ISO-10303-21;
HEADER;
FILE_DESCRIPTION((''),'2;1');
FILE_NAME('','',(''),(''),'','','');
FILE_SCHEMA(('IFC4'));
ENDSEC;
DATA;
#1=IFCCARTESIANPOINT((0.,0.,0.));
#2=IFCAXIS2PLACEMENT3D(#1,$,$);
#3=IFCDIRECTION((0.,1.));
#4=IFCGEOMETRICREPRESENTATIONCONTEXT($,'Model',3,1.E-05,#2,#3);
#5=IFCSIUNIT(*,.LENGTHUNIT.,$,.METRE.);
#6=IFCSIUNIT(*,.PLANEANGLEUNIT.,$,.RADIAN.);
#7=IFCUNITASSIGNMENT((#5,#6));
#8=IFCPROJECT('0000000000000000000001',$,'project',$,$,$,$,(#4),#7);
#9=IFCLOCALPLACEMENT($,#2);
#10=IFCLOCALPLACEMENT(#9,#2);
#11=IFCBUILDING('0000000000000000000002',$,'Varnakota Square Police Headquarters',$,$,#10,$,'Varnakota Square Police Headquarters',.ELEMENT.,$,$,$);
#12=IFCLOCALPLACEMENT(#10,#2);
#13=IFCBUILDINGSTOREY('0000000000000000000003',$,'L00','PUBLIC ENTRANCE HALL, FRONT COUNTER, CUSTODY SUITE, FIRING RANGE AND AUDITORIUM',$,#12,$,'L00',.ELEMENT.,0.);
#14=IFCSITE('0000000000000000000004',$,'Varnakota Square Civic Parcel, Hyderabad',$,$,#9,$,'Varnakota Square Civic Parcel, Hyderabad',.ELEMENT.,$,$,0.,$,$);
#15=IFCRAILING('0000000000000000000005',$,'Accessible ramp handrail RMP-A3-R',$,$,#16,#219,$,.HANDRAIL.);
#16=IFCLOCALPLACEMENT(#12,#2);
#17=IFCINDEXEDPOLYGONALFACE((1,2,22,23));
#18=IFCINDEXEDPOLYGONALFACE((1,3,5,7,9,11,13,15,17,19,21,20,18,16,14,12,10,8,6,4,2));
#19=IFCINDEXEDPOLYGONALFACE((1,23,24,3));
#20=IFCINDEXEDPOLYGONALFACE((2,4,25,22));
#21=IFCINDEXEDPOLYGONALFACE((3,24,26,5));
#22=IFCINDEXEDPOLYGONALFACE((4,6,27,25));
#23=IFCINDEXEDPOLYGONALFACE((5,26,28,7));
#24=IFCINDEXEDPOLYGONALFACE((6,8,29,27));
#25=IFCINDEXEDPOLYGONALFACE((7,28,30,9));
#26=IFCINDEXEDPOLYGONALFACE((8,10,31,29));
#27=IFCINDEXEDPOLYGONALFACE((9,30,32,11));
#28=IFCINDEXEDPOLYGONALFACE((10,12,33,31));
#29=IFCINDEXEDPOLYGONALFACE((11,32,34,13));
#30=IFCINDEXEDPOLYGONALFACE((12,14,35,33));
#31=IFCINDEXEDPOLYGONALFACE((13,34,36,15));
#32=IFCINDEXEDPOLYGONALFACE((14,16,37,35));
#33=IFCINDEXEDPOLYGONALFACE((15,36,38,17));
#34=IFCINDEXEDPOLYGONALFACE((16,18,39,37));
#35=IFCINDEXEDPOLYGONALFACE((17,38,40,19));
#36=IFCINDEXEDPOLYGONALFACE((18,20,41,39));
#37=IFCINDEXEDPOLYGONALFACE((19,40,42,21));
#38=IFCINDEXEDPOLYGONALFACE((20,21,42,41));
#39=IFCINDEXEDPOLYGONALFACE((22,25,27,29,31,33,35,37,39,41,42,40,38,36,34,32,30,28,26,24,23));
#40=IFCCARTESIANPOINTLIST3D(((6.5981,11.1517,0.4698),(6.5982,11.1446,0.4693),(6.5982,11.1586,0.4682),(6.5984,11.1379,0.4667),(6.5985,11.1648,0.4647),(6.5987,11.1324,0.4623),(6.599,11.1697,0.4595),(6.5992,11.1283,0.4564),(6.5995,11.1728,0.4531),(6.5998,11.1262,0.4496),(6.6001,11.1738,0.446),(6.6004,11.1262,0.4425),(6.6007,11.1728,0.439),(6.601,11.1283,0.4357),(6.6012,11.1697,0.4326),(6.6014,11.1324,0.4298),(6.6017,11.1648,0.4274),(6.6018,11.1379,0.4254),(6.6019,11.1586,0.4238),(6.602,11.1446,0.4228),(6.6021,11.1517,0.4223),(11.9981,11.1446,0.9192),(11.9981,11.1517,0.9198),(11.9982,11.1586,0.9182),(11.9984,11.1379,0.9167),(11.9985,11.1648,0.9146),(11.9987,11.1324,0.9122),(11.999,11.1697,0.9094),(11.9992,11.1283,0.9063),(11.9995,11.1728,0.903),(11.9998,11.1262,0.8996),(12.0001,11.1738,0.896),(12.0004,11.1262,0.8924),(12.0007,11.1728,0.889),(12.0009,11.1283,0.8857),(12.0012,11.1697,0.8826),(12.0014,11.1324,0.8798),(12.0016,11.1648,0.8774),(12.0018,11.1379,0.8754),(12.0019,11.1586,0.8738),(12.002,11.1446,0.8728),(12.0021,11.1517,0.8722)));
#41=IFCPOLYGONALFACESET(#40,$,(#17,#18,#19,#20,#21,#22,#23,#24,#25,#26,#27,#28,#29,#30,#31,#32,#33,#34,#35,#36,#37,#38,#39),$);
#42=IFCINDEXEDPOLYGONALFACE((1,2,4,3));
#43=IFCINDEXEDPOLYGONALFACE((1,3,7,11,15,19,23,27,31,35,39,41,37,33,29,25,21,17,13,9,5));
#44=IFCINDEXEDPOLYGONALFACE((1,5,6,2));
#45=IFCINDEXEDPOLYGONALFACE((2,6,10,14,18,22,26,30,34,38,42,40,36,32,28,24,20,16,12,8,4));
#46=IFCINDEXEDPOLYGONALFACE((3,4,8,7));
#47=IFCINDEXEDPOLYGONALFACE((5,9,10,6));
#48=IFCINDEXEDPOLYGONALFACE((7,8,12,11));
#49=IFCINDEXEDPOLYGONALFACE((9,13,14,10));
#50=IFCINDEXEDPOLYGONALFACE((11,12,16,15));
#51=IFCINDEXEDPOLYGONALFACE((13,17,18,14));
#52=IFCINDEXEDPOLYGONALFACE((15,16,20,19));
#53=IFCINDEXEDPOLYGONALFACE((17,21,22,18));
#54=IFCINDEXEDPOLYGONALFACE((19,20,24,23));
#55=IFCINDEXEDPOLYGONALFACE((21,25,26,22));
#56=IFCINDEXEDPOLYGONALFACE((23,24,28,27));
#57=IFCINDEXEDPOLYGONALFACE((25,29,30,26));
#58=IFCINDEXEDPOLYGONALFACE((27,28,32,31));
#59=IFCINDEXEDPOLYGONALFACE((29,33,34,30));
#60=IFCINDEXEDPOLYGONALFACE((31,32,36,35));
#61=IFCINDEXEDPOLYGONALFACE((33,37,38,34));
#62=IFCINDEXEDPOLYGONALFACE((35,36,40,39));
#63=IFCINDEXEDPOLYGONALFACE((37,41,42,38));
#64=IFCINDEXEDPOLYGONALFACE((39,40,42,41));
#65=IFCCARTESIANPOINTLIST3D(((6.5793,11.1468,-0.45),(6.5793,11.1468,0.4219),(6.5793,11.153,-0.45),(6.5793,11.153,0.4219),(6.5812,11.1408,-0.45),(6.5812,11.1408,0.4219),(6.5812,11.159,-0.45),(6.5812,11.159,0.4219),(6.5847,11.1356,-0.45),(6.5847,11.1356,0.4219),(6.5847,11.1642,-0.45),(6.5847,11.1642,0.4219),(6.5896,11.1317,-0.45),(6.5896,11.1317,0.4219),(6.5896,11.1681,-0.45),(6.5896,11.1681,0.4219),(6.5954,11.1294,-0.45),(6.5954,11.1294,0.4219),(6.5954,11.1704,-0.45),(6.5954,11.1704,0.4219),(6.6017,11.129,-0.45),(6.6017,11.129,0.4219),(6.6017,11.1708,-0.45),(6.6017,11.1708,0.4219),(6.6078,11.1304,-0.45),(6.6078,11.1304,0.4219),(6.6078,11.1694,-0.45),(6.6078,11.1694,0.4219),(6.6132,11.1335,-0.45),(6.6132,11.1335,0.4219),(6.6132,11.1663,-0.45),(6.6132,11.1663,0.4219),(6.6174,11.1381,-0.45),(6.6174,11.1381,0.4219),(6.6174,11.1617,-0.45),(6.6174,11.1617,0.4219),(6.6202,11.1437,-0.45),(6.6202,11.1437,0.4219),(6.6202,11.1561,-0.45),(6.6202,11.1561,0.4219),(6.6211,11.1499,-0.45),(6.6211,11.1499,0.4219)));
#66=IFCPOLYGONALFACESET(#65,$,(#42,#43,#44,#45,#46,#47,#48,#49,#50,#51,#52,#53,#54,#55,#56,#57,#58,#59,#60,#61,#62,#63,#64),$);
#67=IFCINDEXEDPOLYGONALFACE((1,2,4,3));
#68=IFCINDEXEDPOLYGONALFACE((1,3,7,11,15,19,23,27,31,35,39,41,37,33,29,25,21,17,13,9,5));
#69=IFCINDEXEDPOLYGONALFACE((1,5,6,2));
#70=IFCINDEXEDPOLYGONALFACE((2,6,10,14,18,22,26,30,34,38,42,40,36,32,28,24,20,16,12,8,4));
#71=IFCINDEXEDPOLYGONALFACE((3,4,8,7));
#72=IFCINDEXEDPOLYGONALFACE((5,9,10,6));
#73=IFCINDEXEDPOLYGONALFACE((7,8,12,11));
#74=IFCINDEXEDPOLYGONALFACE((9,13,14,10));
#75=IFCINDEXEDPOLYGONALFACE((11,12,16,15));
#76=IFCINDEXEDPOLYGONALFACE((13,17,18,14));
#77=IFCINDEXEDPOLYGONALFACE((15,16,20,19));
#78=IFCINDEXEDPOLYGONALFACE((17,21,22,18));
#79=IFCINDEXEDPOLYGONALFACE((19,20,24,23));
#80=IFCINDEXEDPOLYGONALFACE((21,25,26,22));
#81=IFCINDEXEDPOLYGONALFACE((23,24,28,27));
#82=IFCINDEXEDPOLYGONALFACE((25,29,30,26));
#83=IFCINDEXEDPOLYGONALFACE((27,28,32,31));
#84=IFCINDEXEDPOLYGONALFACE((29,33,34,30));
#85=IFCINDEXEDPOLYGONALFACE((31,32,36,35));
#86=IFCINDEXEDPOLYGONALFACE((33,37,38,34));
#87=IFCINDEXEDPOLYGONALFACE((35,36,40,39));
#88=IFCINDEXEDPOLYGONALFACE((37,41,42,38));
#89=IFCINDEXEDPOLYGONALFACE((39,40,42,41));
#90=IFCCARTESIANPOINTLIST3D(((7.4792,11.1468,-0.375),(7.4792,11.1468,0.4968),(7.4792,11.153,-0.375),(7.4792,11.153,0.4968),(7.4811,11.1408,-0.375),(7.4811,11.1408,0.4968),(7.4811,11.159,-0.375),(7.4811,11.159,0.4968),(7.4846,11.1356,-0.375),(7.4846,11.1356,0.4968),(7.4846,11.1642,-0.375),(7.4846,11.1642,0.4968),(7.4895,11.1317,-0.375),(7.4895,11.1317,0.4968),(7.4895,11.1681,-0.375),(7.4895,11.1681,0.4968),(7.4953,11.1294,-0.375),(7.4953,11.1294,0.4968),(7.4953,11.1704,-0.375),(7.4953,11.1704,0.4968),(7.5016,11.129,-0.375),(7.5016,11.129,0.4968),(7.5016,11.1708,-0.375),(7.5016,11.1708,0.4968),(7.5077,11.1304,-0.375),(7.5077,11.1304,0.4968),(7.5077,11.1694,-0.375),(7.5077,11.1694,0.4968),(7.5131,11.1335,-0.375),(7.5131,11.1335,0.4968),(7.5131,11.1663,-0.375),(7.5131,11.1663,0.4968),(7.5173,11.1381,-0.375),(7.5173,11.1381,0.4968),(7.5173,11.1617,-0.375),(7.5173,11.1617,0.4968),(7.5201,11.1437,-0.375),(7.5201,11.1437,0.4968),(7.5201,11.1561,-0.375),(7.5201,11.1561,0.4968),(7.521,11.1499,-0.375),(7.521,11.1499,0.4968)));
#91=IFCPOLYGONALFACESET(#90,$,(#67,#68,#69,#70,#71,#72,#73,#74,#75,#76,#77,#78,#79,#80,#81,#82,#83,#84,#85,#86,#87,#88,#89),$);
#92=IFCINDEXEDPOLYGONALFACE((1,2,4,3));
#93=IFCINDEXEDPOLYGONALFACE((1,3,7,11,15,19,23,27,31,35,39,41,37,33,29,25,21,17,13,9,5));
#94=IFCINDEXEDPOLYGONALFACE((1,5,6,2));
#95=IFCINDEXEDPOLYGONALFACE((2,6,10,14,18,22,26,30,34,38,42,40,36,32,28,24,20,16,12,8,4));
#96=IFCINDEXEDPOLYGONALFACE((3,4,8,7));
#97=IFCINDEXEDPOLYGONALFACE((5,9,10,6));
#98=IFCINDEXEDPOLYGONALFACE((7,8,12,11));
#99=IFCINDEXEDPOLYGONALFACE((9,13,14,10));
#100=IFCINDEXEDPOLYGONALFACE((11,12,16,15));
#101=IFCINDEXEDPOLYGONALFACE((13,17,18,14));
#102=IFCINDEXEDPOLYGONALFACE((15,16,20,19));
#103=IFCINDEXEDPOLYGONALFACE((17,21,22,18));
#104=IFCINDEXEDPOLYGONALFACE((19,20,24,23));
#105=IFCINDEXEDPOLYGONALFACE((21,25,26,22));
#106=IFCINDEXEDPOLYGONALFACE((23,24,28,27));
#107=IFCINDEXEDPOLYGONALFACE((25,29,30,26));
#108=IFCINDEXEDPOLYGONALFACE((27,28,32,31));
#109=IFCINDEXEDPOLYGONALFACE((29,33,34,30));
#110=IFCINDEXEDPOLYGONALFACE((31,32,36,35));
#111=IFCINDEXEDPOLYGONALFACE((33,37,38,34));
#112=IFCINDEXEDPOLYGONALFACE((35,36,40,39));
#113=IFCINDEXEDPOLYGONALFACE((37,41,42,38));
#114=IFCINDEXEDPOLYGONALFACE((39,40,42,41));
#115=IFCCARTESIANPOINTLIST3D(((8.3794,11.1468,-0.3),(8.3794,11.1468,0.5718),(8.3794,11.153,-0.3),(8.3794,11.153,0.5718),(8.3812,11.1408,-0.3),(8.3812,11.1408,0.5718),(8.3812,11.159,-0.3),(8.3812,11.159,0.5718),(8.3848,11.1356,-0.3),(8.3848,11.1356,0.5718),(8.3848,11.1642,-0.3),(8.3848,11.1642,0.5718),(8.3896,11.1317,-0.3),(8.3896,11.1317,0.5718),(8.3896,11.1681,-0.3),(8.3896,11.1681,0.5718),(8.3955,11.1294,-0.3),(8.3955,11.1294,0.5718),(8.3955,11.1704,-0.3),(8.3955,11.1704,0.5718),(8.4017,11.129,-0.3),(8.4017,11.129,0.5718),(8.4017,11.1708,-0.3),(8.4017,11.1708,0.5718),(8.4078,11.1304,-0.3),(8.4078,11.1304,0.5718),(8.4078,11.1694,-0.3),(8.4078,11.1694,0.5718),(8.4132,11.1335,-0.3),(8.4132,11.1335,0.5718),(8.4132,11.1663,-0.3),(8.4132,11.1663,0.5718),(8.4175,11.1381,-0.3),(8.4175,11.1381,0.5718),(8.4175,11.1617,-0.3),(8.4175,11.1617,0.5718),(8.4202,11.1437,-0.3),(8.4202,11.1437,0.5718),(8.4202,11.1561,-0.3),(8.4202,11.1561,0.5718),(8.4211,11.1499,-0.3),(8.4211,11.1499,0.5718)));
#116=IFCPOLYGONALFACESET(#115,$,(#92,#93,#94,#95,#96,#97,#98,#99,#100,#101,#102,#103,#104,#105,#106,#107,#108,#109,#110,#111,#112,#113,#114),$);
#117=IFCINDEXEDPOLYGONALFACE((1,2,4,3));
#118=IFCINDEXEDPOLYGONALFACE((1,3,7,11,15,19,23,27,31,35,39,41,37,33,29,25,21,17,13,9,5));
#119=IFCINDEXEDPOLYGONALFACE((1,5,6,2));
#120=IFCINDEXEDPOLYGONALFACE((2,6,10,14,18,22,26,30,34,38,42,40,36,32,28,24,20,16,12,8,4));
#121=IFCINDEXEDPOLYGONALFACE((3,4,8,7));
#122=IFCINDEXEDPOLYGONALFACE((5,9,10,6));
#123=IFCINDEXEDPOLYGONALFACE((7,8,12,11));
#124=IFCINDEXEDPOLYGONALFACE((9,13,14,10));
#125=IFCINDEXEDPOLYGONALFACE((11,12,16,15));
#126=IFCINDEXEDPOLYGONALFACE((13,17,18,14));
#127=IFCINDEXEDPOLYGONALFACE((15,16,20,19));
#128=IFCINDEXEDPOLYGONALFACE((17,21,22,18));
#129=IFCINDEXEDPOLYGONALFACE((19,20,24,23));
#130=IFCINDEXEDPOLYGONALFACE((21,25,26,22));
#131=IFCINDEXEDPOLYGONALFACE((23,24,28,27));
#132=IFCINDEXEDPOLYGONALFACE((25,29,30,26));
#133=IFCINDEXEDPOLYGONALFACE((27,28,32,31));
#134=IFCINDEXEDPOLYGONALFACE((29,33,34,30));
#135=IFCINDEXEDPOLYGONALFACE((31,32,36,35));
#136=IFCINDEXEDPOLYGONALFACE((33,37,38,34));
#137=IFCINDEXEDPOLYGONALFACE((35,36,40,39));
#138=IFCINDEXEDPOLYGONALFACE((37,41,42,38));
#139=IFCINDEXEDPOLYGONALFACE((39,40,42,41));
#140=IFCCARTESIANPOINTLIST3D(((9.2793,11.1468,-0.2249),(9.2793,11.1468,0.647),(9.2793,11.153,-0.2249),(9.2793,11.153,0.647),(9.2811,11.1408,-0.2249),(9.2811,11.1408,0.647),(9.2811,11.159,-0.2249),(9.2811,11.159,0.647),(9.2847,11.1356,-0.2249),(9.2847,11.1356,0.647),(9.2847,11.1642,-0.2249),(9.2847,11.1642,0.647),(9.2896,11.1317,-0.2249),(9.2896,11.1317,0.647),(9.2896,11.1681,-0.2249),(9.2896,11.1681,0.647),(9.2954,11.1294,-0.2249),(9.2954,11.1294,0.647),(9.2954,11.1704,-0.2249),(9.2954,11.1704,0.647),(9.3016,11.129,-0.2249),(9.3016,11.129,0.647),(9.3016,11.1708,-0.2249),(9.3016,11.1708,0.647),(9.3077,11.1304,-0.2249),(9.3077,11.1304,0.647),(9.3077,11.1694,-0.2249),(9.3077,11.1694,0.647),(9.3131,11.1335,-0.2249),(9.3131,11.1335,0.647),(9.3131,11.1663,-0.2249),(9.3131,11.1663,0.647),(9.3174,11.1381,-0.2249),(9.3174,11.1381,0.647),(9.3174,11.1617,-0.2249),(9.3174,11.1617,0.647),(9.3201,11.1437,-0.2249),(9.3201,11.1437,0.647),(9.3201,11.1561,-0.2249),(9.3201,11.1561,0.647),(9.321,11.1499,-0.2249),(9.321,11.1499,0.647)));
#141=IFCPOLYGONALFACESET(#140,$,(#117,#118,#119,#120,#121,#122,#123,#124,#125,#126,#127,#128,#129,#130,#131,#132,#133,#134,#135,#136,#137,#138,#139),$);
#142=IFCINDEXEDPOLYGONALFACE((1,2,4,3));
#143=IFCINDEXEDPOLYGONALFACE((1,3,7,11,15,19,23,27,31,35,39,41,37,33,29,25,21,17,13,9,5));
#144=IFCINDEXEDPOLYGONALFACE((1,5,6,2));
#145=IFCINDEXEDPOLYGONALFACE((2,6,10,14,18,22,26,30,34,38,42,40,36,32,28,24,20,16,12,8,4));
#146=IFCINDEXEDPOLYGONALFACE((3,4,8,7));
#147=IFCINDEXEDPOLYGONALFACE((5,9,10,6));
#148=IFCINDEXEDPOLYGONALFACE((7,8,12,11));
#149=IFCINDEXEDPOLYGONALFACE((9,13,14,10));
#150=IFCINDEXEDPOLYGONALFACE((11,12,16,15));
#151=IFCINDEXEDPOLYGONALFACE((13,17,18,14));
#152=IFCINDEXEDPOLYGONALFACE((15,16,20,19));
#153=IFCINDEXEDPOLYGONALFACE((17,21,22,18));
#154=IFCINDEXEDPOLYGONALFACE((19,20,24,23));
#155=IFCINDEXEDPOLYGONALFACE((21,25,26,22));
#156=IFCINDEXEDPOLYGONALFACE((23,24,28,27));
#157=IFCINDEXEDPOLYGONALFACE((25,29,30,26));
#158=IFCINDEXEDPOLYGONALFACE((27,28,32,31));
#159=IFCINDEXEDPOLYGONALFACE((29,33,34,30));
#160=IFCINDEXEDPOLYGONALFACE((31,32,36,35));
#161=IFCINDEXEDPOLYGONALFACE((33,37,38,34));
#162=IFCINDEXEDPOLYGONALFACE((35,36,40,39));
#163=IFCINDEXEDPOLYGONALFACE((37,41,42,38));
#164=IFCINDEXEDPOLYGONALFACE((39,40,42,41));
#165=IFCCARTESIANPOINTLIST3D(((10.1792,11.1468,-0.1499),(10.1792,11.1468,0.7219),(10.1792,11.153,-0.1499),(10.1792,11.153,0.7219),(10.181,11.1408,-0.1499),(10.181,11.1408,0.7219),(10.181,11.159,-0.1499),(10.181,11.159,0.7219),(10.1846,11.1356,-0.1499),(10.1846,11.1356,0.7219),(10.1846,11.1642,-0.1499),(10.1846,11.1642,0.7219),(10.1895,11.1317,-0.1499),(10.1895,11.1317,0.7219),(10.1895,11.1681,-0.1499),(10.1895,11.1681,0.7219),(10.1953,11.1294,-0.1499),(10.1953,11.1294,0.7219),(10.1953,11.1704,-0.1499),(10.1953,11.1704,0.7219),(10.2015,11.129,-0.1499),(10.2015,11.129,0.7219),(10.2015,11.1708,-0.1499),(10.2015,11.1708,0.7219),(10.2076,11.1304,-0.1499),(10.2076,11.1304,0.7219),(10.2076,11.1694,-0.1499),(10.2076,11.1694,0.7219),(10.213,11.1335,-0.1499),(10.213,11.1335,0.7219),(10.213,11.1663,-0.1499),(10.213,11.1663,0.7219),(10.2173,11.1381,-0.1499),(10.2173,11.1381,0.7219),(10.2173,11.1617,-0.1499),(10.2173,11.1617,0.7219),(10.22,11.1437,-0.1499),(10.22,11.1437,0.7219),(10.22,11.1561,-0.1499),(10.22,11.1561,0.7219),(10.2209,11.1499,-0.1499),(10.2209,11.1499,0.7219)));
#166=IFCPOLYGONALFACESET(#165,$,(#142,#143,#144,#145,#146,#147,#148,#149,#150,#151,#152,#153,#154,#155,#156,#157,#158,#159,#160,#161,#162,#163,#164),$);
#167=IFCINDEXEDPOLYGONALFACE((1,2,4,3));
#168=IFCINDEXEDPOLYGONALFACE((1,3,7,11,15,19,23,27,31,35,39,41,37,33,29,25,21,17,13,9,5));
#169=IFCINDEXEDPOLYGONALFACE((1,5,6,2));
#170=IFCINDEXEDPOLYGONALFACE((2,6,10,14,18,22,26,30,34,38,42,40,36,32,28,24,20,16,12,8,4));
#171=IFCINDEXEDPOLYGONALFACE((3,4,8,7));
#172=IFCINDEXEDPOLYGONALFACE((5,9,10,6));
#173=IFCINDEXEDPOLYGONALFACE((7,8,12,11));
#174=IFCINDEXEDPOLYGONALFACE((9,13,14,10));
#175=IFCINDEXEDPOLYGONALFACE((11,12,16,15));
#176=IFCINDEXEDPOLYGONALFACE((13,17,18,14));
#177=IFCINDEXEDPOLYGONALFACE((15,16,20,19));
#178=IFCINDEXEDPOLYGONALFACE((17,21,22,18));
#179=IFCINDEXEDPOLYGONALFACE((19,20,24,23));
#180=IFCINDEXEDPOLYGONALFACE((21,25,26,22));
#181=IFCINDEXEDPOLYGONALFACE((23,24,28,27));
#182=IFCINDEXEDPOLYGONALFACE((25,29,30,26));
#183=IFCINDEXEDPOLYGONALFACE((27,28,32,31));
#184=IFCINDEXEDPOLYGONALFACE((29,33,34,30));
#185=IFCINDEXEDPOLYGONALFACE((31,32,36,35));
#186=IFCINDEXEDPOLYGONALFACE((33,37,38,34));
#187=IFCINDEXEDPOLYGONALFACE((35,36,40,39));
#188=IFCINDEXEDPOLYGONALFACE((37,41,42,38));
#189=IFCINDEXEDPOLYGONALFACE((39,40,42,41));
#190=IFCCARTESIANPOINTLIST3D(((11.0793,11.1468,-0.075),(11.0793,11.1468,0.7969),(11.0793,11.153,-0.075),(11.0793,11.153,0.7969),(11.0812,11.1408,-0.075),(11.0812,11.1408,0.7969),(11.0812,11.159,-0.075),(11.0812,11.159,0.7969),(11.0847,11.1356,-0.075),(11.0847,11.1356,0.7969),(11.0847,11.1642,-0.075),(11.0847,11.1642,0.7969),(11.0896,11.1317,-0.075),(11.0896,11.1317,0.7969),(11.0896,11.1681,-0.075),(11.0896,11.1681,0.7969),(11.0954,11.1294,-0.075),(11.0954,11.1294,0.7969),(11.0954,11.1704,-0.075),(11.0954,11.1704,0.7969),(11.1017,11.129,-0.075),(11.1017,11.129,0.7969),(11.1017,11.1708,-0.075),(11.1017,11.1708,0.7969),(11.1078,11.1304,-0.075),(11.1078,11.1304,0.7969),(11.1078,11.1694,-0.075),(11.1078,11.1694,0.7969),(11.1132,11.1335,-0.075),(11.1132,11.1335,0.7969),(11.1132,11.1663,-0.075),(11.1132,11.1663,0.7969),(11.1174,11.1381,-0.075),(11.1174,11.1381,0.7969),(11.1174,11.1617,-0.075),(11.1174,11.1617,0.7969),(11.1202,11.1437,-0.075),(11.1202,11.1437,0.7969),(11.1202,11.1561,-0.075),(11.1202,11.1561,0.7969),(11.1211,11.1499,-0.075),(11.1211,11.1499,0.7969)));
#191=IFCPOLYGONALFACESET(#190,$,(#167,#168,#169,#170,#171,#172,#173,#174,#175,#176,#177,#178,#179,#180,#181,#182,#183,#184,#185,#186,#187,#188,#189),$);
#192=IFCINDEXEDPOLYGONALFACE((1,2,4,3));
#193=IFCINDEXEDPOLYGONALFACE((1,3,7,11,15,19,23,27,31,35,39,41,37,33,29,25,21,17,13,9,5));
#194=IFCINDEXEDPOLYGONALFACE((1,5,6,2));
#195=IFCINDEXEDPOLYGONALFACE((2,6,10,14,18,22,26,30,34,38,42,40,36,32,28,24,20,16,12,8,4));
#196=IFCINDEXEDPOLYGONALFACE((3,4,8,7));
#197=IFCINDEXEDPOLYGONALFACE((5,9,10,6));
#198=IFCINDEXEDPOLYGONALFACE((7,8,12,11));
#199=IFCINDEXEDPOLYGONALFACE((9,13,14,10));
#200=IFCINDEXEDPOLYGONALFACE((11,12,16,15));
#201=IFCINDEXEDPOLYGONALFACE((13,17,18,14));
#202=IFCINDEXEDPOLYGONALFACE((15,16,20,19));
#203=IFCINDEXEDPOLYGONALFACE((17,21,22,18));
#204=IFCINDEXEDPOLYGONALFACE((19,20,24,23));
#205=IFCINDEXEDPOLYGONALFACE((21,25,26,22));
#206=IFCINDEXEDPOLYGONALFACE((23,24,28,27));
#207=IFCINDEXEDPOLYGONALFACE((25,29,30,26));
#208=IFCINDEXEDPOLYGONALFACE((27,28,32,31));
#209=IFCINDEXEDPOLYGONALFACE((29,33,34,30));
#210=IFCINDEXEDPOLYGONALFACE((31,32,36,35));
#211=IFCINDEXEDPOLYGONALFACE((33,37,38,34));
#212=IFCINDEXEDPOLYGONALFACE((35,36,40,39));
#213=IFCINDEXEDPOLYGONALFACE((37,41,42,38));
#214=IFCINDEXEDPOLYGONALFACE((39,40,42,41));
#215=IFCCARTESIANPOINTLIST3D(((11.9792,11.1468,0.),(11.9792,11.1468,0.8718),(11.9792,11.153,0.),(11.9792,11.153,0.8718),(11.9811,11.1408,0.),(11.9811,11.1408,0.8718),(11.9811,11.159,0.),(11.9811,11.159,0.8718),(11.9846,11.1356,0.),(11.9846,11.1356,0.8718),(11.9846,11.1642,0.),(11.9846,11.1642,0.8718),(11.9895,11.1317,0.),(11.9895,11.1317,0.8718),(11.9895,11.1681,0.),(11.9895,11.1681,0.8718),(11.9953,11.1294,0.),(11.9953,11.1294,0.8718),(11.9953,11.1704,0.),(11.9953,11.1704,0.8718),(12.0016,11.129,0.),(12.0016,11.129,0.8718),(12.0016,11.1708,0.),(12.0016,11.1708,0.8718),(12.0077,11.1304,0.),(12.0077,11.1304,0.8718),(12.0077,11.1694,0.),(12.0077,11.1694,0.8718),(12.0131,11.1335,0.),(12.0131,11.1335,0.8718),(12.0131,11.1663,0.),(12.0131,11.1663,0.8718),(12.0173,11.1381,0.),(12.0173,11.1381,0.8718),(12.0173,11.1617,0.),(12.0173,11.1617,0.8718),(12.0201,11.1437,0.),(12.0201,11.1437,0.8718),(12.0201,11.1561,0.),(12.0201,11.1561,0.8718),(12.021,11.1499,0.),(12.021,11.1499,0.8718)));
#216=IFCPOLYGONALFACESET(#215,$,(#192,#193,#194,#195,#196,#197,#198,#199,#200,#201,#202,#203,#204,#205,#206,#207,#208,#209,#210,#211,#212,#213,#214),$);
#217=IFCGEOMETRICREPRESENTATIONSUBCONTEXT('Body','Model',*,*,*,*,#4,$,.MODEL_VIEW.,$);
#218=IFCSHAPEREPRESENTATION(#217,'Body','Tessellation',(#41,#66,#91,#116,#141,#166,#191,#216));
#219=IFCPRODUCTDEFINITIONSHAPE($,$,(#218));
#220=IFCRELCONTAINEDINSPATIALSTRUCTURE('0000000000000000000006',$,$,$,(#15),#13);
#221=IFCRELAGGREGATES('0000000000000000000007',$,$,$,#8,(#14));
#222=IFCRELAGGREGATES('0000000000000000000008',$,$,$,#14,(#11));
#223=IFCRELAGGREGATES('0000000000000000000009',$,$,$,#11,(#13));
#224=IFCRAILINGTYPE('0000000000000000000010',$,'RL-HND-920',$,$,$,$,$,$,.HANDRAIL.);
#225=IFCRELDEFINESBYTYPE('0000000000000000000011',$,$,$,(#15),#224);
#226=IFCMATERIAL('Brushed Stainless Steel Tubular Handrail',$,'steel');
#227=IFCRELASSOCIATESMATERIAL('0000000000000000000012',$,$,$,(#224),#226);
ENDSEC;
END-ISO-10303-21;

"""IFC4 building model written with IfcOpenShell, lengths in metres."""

from ifc_helpers import new_model, si_unit, direction, frame, origin, origin_2d, place, context, subcontext, project, spatial, circle, extrude, material, type_object, element, save


model = new_model("IFC4")

# Units and contexts
model_context = context("Model", 3, precision=1e-05, world=origin(), true_north=direction((0.0, 1.0)))
body_context = subcontext(model_context, "Body", "Model", "MODEL_VIEW")
ifc_project = project(units=[si_unit("LENGTHUNIT", "METRE"), si_unit("PLANEANGLEUNIT", "RADIAN")], contexts=[model_context])

# Site, building, storey
site_placement = place(None, origin())
site = spatial("IfcSite", under=ifc_project, at=site_placement, Name="Varnakota Square Civic Parcel, Hyderabad", LongName="Varnakota Square Civic Parcel, Hyderabad", CompositionType="ELEMENT", RefElevation=0.0)
building_placement = place(site_placement, origin())
building = spatial("IfcBuilding", under=site, at=building_placement, Name="Varnakota Square Police Headquarters", LongName="Varnakota Square Police Headquarters", CompositionType="ELEMENT")
storey_placement = place(building_placement, origin())
storey = spatial("IfcBuildingStorey", under=building, at=storey_placement, Name="L00", Description="PUBLIC ENTRANCE HALL, FRONT COUNTER, CUSTODY SUITE, FIRING RANGE AND AUDITORIUM", LongName="L00", CompositionType="ELEMENT", Elevation=0.0)

# Railing
ifc_material_1 = material(Name="Brushed Stainless Steel Tubular Handrail", Category="steel")
railing_type = type_object("IfcRailingType", Name="RL-HND-920", PredefinedType="HANDRAIL", material=ifc_material_1)
railing_placement = place(storey_placement, frame((6.6001, 11.1499, -0.45)))
element("IfcRailing", 1, at=railing_placement, inside=storey, type_object=railing_type, Name="Accessible ramp handrail RMP-A3-R", PredefinedType="HANDRAIL", context=body_context, shape_type="SweptSolid", body=[
    extrude(circle(Radius=0.0239, at=origin_2d()), frame((0.0, 0.0, 0.896), z_axis=(0.996546, 0.0, 0.083038), x_axis=(0.0, 1.0, 0.0)), (0.0, 0.0, 1.0), 5.4187),
    extrude(circle(Radius=0.021, at=origin_2d()), origin(), (0.0, 0.0, 1.0), 0.8718),
    extrude(circle(Radius=0.021, at=origin_2d()), frame((0.8999, 0.0, 0.075)), (0.0, 0.0, 1.0), 0.8718),
    extrude(circle(Radius=0.021, at=origin_2d()), frame((1.8, 0.0, 0.1499)), (0.0, 0.0, 1.0), 0.8718),
    extrude(circle(Radius=0.021, at=origin_2d()), frame((2.7, 0.0, 0.2251)), (0.0, 0.0, 1.0), 0.8718),
    extrude(circle(Radius=0.021, at=origin_2d()), frame((3.5999, 0.0, 0.3)), (0.0, 0.0, 1.0), 0.8718),
    extrude(circle(Radius=0.021, at=origin_2d()), frame((4.5, 0.0, 0.375)), (0.0, 0.0, 1.0), 0.8718),
    extrude(circle(Radius=0.021, at=origin_2d()), frame((5.3999, 0.0, 0.45)), (0.0, 0.0, 1.0), 0.8718),
])

save(model, "model.ifc")
